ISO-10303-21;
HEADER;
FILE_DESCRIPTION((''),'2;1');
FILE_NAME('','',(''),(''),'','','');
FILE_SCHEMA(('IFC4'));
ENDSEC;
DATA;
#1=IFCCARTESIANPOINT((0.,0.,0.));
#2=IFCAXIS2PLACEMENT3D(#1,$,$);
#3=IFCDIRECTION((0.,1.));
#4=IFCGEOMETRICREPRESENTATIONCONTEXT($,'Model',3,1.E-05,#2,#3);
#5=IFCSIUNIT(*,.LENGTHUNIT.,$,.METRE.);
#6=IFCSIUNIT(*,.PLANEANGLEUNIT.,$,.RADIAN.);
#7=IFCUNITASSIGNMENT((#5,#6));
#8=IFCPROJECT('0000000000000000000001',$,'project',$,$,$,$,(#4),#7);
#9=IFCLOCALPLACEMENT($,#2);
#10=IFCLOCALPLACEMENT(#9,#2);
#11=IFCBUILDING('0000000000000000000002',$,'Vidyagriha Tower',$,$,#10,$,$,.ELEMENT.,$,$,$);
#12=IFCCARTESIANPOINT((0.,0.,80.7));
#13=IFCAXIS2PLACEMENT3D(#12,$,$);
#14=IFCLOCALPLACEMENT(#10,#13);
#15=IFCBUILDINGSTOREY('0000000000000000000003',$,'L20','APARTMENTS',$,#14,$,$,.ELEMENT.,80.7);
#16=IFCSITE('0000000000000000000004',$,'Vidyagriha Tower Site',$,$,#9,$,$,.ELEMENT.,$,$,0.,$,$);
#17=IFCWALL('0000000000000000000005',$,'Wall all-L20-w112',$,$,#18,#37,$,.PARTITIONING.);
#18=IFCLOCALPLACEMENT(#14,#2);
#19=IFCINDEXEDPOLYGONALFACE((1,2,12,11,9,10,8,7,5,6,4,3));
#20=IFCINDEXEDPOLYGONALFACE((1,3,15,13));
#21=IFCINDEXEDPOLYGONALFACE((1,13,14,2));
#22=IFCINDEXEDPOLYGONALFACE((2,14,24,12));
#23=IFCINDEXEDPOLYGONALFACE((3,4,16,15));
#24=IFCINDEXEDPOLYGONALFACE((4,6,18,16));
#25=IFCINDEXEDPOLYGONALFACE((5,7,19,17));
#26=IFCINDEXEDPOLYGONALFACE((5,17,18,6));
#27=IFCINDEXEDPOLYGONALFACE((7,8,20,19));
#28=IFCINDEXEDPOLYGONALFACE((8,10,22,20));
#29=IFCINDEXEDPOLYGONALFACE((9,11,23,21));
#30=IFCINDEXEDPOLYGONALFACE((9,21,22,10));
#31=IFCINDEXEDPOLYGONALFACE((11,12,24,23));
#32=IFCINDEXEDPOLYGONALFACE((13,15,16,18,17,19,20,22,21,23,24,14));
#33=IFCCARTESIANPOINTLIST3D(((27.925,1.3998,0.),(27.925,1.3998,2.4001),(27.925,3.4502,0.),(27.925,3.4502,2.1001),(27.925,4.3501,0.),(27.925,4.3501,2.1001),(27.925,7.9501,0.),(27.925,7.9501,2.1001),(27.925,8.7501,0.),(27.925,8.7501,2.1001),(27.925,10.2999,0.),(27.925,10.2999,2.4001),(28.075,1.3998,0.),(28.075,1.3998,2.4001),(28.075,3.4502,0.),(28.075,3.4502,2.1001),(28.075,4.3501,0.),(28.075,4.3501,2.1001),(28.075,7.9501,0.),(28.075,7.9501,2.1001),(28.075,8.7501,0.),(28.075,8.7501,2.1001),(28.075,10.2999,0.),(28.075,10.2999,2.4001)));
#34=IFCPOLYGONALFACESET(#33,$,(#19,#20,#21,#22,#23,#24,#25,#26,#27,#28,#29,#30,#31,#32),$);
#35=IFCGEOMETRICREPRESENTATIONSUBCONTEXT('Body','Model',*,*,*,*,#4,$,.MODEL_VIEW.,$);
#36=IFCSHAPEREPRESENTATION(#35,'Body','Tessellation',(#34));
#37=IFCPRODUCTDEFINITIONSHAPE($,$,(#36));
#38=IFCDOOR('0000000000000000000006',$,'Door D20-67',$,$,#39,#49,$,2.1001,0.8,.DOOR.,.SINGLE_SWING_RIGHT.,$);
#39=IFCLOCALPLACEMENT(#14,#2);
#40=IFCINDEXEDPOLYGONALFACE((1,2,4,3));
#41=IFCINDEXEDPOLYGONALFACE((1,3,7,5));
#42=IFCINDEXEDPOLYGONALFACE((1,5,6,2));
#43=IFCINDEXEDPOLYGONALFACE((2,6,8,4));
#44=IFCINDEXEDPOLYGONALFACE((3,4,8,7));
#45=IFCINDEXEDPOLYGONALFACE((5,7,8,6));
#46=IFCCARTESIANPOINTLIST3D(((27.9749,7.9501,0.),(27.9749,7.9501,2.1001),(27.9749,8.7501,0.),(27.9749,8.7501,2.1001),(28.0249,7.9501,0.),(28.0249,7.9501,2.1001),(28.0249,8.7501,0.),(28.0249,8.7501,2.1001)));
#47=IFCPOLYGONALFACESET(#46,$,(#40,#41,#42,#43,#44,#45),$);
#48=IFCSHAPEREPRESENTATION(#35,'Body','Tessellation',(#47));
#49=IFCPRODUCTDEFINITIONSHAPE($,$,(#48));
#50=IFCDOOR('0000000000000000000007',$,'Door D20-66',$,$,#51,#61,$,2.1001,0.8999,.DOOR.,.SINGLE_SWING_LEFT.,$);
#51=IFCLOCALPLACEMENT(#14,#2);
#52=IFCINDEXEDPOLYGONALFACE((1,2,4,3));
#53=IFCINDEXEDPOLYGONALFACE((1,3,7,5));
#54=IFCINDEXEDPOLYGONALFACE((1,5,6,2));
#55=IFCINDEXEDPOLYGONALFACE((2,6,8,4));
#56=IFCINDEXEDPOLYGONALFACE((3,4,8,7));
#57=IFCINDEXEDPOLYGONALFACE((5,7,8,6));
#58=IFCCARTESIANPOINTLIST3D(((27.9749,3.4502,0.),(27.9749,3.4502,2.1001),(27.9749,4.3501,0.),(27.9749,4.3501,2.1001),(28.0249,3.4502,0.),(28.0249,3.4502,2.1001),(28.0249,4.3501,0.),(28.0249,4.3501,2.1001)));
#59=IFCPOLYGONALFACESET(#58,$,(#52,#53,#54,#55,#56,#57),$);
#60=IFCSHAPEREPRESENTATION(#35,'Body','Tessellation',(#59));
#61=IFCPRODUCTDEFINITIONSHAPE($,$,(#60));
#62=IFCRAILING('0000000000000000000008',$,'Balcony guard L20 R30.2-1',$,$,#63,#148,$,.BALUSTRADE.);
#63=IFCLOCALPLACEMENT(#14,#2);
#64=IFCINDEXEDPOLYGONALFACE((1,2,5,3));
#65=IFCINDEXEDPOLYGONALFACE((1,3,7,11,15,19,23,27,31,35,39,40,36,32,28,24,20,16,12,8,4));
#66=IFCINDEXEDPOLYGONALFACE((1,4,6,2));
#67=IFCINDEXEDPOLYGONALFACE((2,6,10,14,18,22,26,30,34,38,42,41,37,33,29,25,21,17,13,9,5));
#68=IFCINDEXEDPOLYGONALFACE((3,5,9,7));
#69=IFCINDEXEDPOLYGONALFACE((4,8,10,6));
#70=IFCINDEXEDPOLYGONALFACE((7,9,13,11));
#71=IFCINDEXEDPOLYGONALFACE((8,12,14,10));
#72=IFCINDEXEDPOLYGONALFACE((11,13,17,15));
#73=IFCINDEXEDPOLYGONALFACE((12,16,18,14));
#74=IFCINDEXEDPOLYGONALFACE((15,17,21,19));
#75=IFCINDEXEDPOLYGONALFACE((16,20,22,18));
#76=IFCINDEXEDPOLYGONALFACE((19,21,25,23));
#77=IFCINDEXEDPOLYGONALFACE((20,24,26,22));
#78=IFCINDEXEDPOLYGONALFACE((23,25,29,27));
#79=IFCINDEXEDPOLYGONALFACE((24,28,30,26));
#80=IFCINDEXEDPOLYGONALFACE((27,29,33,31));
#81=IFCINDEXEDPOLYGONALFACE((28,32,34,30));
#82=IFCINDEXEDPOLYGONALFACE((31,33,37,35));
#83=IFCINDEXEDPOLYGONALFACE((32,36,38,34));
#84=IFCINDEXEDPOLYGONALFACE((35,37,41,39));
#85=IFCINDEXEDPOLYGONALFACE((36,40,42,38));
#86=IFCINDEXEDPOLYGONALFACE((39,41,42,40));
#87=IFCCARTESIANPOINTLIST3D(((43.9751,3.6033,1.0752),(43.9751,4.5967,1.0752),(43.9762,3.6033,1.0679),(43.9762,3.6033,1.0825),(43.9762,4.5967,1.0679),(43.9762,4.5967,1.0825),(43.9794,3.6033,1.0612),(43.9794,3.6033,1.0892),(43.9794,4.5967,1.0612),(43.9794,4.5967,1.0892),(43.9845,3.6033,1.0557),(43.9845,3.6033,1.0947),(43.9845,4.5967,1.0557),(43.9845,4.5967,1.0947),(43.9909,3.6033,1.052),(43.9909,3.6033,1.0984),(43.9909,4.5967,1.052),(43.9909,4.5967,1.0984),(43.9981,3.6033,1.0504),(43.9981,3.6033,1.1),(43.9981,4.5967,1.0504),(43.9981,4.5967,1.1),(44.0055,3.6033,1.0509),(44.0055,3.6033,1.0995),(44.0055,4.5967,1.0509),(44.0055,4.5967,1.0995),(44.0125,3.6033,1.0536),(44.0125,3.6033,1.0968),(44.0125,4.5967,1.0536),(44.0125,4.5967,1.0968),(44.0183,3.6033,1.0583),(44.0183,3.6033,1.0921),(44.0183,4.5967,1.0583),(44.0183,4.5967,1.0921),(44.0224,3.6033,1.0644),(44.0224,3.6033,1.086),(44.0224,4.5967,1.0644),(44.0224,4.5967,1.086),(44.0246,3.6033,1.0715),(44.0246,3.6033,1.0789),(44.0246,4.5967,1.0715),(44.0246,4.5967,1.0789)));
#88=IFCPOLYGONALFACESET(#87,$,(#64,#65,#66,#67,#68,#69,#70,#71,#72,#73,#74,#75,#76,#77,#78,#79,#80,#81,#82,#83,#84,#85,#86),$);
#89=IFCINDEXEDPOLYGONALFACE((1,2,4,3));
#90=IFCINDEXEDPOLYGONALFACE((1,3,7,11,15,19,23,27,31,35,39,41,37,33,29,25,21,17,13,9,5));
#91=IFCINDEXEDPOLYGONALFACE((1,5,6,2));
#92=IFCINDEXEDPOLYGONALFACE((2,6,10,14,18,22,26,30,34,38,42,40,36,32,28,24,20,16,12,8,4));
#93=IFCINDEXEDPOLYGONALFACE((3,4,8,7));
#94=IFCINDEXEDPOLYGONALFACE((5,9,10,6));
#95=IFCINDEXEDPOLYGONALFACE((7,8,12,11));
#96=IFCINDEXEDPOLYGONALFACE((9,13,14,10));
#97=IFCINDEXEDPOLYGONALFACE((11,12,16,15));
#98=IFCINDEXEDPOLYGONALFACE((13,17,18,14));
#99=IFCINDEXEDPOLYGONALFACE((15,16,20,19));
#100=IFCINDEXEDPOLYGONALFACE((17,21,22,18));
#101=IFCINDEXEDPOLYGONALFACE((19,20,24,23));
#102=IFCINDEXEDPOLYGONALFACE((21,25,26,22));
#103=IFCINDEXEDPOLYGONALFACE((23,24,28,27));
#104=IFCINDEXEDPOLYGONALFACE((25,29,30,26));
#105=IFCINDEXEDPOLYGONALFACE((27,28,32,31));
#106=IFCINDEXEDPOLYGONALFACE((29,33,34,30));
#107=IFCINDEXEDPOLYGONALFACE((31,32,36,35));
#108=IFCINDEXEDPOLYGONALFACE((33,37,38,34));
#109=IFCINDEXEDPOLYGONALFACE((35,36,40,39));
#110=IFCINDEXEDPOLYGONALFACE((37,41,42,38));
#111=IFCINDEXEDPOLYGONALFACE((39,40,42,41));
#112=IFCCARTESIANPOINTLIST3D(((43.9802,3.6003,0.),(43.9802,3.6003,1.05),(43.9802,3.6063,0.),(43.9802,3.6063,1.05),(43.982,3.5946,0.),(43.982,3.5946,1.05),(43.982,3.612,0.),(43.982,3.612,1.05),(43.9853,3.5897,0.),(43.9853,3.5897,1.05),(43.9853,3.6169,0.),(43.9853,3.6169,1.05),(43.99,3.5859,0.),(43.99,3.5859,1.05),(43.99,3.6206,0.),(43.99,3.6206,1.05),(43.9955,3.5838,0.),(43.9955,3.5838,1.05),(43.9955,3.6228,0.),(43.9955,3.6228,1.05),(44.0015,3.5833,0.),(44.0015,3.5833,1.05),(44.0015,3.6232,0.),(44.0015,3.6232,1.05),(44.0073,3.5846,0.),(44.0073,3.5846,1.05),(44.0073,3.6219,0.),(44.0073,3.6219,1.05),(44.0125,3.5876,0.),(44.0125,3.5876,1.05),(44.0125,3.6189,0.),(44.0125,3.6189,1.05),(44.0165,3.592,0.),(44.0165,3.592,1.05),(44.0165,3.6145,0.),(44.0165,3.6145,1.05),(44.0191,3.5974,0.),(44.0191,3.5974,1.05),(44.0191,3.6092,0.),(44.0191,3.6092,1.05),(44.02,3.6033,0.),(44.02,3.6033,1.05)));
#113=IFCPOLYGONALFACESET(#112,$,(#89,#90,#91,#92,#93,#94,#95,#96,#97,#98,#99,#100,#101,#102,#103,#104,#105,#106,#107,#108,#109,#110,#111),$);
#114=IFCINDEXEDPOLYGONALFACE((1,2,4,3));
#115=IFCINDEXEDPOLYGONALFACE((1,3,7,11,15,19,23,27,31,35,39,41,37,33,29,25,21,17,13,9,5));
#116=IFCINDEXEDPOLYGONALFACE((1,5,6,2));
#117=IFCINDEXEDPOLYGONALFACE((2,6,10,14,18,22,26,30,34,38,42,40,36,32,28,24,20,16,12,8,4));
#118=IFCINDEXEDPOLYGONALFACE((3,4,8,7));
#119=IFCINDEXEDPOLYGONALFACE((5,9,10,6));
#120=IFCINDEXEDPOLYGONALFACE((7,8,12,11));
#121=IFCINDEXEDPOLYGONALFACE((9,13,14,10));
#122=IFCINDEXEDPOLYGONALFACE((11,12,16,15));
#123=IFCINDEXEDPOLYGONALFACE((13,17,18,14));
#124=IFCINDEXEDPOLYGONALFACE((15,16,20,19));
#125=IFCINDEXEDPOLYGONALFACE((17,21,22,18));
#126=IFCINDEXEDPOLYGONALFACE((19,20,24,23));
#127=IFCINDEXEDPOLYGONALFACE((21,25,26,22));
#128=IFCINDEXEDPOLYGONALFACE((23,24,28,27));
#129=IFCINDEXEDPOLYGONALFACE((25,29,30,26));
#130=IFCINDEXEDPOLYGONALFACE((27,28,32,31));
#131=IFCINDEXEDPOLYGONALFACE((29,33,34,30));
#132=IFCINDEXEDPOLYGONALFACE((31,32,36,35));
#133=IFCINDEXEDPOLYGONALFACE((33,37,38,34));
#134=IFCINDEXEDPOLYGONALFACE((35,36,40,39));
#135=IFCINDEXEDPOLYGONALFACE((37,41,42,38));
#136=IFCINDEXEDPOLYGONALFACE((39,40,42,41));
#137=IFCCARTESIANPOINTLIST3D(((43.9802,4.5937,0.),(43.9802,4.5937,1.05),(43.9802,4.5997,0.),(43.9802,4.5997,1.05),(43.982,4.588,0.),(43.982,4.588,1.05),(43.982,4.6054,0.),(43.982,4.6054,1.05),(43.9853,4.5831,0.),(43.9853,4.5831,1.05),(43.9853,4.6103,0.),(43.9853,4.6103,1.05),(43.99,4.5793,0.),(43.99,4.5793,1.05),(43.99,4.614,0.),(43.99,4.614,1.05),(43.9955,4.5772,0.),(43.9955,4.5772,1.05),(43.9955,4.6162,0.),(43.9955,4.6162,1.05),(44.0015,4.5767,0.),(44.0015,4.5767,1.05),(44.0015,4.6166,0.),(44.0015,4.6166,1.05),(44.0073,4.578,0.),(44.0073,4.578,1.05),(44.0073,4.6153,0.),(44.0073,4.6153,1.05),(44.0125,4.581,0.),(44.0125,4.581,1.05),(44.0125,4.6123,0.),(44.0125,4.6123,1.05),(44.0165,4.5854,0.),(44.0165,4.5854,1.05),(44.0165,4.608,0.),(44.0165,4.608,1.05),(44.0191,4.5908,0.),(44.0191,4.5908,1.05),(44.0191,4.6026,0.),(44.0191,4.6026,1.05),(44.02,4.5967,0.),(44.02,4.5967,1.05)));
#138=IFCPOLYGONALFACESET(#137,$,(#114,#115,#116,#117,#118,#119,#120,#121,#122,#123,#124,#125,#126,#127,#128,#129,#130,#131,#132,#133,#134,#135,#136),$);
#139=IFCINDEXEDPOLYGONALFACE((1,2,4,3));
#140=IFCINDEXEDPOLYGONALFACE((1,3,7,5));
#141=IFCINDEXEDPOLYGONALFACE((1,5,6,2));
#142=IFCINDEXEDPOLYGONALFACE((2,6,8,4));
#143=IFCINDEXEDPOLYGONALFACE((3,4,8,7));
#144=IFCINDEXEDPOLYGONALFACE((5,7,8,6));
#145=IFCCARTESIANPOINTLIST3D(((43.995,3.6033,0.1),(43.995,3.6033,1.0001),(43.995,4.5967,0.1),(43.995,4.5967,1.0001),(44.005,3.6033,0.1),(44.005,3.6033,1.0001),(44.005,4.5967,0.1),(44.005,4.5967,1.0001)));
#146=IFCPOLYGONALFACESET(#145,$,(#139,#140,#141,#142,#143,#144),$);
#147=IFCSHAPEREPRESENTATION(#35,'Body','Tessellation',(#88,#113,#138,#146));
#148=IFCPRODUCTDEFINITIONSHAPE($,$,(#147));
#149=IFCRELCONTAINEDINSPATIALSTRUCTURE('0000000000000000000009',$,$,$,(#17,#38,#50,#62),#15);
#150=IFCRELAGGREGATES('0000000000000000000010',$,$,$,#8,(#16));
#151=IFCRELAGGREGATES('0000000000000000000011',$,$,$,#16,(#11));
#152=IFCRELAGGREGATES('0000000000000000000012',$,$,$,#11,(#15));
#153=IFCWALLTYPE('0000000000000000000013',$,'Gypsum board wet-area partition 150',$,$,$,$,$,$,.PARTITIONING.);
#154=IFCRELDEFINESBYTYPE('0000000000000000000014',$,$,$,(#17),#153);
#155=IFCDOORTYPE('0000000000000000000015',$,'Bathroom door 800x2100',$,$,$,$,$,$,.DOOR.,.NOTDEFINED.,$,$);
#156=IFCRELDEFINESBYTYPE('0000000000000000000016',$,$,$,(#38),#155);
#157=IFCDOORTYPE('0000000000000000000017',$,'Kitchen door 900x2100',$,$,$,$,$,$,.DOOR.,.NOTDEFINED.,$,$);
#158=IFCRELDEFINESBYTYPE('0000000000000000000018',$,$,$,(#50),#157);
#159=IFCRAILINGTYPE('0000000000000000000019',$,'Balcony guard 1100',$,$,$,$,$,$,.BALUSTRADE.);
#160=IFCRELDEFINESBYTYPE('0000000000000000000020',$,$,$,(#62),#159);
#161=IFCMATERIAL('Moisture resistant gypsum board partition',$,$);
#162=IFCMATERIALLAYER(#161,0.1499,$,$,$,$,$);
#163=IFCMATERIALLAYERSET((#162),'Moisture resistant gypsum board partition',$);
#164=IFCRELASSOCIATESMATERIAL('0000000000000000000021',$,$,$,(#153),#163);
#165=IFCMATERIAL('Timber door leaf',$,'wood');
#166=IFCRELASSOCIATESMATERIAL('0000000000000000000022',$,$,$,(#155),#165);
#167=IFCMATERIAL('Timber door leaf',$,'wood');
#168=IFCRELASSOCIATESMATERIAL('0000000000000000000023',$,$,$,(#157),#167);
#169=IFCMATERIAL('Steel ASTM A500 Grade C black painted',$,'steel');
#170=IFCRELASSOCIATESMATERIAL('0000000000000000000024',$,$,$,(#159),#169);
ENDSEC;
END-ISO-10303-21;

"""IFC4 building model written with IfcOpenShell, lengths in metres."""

from ifc_helpers import new_model, si_unit, direction, frame, frame_2d, origin, origin_2d, place, context, subcontext, project, spatial, rectangle, circle, extrude, material, layer, layer_set, type_object, element, fill, save


model = new_model("IFC4")

# Units and contexts
model_context = context("Model", 3, precision=1e-05, world=origin(), true_north=direction((0.0, 1.0)))
body_context = subcontext(model_context, "Body", "Model", "MODEL_VIEW")
ifc_project = project(units=[si_unit("LENGTHUNIT", "METRE"), si_unit("PLANEANGLEUNIT", "RADIAN")], contexts=[model_context])

# Site, building, storey
site_placement = place(None, origin())
site = spatial("IfcSite", under=ifc_project, at=site_placement, Name="Vidyagriha Tower Site", CompositionType="ELEMENT", RefElevation=0.0)
building_placement = place(site_placement, origin())
building = spatial("IfcBuilding", under=site, at=building_placement, Name="Vidyagriha Tower", CompositionType="ELEMENT")
storey_placement = place(building_placement, frame((0.0, 0.0, 80.7)))
storey = spatial("IfcBuildingStorey", under=building, at=storey_placement, Name="L20", Description="APARTMENTS", CompositionType="ELEMENT", Elevation=80.7)

# Wall, openings, doors
ifc_material_1 = material(Name="Moisture resistant gypsum board partition")
ifc_layer_1 = layer(ifc_material_1, 0.1499)
ifc_layer_set_1 = layer_set([ifc_layer_1], Name="Moisture resistant gypsum board partition")
wall_type_1 = type_object("IfcWallType", Name="Gypsum board wet-area partition 150", PredefinedType="PARTITIONING", material=ifc_layer_set_1)
wall_1_placement = place(storey_placement, frame((28.0, 10.3, 0.0), z_axis=(0.0, 0.0, 1.0), x_axis=(0.0, -1.0, 0.0)))
wall_1 = element("IfcWall", 1, at=wall_1_placement, inside=storey, type_object=wall_type_1, Name="Wall all-L20-w112", PredefinedType="PARTITIONING", context=body_context, shape_type="SweptSolid", body=[
    extrude(rectangle(XDim=8.9001, YDim=0.1499, at=frame_2d((4.4502, 0.0))), origin(), (0.0, 0.0, 1.0), 2.4001),
])
opening_1_placement = place(wall_1_placement, frame((5.95, 0.0, 0.0)))
opening_1 = element("IfcOpeningElement", 2, at=opening_1_placement, cuts=wall_1, PredefinedType="OPENING", context=body_context, shape_type="SweptSolid", body=[
    extrude(rectangle(XDim=0.8999, YDim=2.1001, at=frame_2d((0.45, 1.05))), frame((0.0, 0.085, 0.0), z_axis=(0.0, -1.0, 0.0), x_axis=(1.0, 0.0, 0.0)), (0.0, 0.0, 1.0), 0.1699),
])
opening_2_placement = place(wall_1_placement, frame((1.55, 0.0, 0.0)))
opening_2 = element("IfcOpeningElement", 3, at=opening_2_placement, cuts=wall_1, PredefinedType="OPENING", context=body_context, shape_type="SweptSolid", body=[
    extrude(rectangle(XDim=0.8, YDim=2.1001, at=frame_2d((0.3999, 1.05))), frame((0.0, 0.085, 0.0), z_axis=(0.0, -1.0, 0.0), x_axis=(1.0, 0.0, 0.0)), (0.0, 0.0, 1.0), 0.1699),
])
ifc_material_2 = material(Name="Timber door leaf", Category="wood")
door_type_1 = type_object("IfcDoorType", Name="Bathroom door 800x2100", OperationType="NOTDEFINED", PredefinedType="DOOR", material=ifc_material_2)
door_1_placement = place(opening_2_placement, origin())
door_1 = element("IfcDoor", 4, at=door_1_placement, inside=storey, type_object=door_type_1, Name="Door D20-67", OperationType="SINGLE_SWING_RIGHT", OverallHeight=2.1001, OverallWidth=0.8, PredefinedType="DOOR", context=body_context, shape_type="SweptSolid", body=[
    extrude(rectangle(XDim=0.8, YDim=2.1001, at=frame_2d((0.3999, 1.05))), frame((0.0, 0.0249, 0.0), z_axis=(0.0, -1.0, 0.0), x_axis=(1.0, 0.0, 0.0)), (0.0, 0.0, 1.0), 0.05),
])
fill(opening_2, door_1)
ifc_material_3 = material(Name="Timber door leaf", Category="wood")
door_type_2 = type_object("IfcDoorType", Name="Kitchen door 900x2100", OperationType="NOTDEFINED", PredefinedType="DOOR", material=ifc_material_3)
door_2_placement = place(opening_1_placement, origin())
door_2 = element("IfcDoor", 5, at=door_2_placement, inside=storey, type_object=door_type_2, Name="Door D20-66", OperationType="SINGLE_SWING_LEFT", OverallHeight=2.1001, OverallWidth=0.8999, PredefinedType="DOOR", context=body_context, shape_type="SweptSolid", body=[
    extrude(rectangle(XDim=0.8999, YDim=2.1001, at=frame_2d((0.45, 1.05))), frame((0.0, 0.0249, 0.0), z_axis=(0.0, -1.0, 0.0), x_axis=(1.0, 0.0, 0.0)), (0.0, 0.0, 1.0), 0.05),
])
fill(opening_1, door_2)

# Railing
ifc_material_4 = material(Name="Steel ASTM A500 Grade C black painted", Category="steel")
railing_type_1 = type_object("IfcRailingType", Name="Balcony guard 1100", PredefinedType="BALUSTRADE", material=ifc_material_4)
railing_1_placement = place(storey_placement, frame((44.0, 3.6033, 0.0)))
element("IfcRailing", 6, at=railing_1_placement, inside=storey, type_object=railing_type_1, Name="Balcony guard L20 R30.2-1", PredefinedType="BALUSTRADE", context=body_context, shape_type="SweptSolid", body=[
    extrude(circle(Radius=0.0249, at=origin_2d()), frame((0.0, 0.0, 1.0752), z_axis=(0.0, 1.0, 0.0), x_axis=(-1.0, 0.0, 0.0)), (0.0, 0.0, 1.0), 0.9934),
    extrude(circle(Radius=0.02, at=origin_2d()), origin(), (0.0, 0.0, 1.0), 1.05),
    extrude(circle(Radius=0.02, at=origin_2d()), frame((0.0, 0.9934, 0.0)), (0.0, 0.0, 1.0), 1.05),
    extrude(rectangle(XDim=0.01, YDim=0.9001, at=origin_2d()), frame((0.0, 0.0, 0.55), z_axis=(0.0, 1.0, 0.0), x_axis=(-1.0, 0.0, 0.0)), (0.0, 0.0, 1.0), 0.9934),
])

save(model, "model.ifc")
